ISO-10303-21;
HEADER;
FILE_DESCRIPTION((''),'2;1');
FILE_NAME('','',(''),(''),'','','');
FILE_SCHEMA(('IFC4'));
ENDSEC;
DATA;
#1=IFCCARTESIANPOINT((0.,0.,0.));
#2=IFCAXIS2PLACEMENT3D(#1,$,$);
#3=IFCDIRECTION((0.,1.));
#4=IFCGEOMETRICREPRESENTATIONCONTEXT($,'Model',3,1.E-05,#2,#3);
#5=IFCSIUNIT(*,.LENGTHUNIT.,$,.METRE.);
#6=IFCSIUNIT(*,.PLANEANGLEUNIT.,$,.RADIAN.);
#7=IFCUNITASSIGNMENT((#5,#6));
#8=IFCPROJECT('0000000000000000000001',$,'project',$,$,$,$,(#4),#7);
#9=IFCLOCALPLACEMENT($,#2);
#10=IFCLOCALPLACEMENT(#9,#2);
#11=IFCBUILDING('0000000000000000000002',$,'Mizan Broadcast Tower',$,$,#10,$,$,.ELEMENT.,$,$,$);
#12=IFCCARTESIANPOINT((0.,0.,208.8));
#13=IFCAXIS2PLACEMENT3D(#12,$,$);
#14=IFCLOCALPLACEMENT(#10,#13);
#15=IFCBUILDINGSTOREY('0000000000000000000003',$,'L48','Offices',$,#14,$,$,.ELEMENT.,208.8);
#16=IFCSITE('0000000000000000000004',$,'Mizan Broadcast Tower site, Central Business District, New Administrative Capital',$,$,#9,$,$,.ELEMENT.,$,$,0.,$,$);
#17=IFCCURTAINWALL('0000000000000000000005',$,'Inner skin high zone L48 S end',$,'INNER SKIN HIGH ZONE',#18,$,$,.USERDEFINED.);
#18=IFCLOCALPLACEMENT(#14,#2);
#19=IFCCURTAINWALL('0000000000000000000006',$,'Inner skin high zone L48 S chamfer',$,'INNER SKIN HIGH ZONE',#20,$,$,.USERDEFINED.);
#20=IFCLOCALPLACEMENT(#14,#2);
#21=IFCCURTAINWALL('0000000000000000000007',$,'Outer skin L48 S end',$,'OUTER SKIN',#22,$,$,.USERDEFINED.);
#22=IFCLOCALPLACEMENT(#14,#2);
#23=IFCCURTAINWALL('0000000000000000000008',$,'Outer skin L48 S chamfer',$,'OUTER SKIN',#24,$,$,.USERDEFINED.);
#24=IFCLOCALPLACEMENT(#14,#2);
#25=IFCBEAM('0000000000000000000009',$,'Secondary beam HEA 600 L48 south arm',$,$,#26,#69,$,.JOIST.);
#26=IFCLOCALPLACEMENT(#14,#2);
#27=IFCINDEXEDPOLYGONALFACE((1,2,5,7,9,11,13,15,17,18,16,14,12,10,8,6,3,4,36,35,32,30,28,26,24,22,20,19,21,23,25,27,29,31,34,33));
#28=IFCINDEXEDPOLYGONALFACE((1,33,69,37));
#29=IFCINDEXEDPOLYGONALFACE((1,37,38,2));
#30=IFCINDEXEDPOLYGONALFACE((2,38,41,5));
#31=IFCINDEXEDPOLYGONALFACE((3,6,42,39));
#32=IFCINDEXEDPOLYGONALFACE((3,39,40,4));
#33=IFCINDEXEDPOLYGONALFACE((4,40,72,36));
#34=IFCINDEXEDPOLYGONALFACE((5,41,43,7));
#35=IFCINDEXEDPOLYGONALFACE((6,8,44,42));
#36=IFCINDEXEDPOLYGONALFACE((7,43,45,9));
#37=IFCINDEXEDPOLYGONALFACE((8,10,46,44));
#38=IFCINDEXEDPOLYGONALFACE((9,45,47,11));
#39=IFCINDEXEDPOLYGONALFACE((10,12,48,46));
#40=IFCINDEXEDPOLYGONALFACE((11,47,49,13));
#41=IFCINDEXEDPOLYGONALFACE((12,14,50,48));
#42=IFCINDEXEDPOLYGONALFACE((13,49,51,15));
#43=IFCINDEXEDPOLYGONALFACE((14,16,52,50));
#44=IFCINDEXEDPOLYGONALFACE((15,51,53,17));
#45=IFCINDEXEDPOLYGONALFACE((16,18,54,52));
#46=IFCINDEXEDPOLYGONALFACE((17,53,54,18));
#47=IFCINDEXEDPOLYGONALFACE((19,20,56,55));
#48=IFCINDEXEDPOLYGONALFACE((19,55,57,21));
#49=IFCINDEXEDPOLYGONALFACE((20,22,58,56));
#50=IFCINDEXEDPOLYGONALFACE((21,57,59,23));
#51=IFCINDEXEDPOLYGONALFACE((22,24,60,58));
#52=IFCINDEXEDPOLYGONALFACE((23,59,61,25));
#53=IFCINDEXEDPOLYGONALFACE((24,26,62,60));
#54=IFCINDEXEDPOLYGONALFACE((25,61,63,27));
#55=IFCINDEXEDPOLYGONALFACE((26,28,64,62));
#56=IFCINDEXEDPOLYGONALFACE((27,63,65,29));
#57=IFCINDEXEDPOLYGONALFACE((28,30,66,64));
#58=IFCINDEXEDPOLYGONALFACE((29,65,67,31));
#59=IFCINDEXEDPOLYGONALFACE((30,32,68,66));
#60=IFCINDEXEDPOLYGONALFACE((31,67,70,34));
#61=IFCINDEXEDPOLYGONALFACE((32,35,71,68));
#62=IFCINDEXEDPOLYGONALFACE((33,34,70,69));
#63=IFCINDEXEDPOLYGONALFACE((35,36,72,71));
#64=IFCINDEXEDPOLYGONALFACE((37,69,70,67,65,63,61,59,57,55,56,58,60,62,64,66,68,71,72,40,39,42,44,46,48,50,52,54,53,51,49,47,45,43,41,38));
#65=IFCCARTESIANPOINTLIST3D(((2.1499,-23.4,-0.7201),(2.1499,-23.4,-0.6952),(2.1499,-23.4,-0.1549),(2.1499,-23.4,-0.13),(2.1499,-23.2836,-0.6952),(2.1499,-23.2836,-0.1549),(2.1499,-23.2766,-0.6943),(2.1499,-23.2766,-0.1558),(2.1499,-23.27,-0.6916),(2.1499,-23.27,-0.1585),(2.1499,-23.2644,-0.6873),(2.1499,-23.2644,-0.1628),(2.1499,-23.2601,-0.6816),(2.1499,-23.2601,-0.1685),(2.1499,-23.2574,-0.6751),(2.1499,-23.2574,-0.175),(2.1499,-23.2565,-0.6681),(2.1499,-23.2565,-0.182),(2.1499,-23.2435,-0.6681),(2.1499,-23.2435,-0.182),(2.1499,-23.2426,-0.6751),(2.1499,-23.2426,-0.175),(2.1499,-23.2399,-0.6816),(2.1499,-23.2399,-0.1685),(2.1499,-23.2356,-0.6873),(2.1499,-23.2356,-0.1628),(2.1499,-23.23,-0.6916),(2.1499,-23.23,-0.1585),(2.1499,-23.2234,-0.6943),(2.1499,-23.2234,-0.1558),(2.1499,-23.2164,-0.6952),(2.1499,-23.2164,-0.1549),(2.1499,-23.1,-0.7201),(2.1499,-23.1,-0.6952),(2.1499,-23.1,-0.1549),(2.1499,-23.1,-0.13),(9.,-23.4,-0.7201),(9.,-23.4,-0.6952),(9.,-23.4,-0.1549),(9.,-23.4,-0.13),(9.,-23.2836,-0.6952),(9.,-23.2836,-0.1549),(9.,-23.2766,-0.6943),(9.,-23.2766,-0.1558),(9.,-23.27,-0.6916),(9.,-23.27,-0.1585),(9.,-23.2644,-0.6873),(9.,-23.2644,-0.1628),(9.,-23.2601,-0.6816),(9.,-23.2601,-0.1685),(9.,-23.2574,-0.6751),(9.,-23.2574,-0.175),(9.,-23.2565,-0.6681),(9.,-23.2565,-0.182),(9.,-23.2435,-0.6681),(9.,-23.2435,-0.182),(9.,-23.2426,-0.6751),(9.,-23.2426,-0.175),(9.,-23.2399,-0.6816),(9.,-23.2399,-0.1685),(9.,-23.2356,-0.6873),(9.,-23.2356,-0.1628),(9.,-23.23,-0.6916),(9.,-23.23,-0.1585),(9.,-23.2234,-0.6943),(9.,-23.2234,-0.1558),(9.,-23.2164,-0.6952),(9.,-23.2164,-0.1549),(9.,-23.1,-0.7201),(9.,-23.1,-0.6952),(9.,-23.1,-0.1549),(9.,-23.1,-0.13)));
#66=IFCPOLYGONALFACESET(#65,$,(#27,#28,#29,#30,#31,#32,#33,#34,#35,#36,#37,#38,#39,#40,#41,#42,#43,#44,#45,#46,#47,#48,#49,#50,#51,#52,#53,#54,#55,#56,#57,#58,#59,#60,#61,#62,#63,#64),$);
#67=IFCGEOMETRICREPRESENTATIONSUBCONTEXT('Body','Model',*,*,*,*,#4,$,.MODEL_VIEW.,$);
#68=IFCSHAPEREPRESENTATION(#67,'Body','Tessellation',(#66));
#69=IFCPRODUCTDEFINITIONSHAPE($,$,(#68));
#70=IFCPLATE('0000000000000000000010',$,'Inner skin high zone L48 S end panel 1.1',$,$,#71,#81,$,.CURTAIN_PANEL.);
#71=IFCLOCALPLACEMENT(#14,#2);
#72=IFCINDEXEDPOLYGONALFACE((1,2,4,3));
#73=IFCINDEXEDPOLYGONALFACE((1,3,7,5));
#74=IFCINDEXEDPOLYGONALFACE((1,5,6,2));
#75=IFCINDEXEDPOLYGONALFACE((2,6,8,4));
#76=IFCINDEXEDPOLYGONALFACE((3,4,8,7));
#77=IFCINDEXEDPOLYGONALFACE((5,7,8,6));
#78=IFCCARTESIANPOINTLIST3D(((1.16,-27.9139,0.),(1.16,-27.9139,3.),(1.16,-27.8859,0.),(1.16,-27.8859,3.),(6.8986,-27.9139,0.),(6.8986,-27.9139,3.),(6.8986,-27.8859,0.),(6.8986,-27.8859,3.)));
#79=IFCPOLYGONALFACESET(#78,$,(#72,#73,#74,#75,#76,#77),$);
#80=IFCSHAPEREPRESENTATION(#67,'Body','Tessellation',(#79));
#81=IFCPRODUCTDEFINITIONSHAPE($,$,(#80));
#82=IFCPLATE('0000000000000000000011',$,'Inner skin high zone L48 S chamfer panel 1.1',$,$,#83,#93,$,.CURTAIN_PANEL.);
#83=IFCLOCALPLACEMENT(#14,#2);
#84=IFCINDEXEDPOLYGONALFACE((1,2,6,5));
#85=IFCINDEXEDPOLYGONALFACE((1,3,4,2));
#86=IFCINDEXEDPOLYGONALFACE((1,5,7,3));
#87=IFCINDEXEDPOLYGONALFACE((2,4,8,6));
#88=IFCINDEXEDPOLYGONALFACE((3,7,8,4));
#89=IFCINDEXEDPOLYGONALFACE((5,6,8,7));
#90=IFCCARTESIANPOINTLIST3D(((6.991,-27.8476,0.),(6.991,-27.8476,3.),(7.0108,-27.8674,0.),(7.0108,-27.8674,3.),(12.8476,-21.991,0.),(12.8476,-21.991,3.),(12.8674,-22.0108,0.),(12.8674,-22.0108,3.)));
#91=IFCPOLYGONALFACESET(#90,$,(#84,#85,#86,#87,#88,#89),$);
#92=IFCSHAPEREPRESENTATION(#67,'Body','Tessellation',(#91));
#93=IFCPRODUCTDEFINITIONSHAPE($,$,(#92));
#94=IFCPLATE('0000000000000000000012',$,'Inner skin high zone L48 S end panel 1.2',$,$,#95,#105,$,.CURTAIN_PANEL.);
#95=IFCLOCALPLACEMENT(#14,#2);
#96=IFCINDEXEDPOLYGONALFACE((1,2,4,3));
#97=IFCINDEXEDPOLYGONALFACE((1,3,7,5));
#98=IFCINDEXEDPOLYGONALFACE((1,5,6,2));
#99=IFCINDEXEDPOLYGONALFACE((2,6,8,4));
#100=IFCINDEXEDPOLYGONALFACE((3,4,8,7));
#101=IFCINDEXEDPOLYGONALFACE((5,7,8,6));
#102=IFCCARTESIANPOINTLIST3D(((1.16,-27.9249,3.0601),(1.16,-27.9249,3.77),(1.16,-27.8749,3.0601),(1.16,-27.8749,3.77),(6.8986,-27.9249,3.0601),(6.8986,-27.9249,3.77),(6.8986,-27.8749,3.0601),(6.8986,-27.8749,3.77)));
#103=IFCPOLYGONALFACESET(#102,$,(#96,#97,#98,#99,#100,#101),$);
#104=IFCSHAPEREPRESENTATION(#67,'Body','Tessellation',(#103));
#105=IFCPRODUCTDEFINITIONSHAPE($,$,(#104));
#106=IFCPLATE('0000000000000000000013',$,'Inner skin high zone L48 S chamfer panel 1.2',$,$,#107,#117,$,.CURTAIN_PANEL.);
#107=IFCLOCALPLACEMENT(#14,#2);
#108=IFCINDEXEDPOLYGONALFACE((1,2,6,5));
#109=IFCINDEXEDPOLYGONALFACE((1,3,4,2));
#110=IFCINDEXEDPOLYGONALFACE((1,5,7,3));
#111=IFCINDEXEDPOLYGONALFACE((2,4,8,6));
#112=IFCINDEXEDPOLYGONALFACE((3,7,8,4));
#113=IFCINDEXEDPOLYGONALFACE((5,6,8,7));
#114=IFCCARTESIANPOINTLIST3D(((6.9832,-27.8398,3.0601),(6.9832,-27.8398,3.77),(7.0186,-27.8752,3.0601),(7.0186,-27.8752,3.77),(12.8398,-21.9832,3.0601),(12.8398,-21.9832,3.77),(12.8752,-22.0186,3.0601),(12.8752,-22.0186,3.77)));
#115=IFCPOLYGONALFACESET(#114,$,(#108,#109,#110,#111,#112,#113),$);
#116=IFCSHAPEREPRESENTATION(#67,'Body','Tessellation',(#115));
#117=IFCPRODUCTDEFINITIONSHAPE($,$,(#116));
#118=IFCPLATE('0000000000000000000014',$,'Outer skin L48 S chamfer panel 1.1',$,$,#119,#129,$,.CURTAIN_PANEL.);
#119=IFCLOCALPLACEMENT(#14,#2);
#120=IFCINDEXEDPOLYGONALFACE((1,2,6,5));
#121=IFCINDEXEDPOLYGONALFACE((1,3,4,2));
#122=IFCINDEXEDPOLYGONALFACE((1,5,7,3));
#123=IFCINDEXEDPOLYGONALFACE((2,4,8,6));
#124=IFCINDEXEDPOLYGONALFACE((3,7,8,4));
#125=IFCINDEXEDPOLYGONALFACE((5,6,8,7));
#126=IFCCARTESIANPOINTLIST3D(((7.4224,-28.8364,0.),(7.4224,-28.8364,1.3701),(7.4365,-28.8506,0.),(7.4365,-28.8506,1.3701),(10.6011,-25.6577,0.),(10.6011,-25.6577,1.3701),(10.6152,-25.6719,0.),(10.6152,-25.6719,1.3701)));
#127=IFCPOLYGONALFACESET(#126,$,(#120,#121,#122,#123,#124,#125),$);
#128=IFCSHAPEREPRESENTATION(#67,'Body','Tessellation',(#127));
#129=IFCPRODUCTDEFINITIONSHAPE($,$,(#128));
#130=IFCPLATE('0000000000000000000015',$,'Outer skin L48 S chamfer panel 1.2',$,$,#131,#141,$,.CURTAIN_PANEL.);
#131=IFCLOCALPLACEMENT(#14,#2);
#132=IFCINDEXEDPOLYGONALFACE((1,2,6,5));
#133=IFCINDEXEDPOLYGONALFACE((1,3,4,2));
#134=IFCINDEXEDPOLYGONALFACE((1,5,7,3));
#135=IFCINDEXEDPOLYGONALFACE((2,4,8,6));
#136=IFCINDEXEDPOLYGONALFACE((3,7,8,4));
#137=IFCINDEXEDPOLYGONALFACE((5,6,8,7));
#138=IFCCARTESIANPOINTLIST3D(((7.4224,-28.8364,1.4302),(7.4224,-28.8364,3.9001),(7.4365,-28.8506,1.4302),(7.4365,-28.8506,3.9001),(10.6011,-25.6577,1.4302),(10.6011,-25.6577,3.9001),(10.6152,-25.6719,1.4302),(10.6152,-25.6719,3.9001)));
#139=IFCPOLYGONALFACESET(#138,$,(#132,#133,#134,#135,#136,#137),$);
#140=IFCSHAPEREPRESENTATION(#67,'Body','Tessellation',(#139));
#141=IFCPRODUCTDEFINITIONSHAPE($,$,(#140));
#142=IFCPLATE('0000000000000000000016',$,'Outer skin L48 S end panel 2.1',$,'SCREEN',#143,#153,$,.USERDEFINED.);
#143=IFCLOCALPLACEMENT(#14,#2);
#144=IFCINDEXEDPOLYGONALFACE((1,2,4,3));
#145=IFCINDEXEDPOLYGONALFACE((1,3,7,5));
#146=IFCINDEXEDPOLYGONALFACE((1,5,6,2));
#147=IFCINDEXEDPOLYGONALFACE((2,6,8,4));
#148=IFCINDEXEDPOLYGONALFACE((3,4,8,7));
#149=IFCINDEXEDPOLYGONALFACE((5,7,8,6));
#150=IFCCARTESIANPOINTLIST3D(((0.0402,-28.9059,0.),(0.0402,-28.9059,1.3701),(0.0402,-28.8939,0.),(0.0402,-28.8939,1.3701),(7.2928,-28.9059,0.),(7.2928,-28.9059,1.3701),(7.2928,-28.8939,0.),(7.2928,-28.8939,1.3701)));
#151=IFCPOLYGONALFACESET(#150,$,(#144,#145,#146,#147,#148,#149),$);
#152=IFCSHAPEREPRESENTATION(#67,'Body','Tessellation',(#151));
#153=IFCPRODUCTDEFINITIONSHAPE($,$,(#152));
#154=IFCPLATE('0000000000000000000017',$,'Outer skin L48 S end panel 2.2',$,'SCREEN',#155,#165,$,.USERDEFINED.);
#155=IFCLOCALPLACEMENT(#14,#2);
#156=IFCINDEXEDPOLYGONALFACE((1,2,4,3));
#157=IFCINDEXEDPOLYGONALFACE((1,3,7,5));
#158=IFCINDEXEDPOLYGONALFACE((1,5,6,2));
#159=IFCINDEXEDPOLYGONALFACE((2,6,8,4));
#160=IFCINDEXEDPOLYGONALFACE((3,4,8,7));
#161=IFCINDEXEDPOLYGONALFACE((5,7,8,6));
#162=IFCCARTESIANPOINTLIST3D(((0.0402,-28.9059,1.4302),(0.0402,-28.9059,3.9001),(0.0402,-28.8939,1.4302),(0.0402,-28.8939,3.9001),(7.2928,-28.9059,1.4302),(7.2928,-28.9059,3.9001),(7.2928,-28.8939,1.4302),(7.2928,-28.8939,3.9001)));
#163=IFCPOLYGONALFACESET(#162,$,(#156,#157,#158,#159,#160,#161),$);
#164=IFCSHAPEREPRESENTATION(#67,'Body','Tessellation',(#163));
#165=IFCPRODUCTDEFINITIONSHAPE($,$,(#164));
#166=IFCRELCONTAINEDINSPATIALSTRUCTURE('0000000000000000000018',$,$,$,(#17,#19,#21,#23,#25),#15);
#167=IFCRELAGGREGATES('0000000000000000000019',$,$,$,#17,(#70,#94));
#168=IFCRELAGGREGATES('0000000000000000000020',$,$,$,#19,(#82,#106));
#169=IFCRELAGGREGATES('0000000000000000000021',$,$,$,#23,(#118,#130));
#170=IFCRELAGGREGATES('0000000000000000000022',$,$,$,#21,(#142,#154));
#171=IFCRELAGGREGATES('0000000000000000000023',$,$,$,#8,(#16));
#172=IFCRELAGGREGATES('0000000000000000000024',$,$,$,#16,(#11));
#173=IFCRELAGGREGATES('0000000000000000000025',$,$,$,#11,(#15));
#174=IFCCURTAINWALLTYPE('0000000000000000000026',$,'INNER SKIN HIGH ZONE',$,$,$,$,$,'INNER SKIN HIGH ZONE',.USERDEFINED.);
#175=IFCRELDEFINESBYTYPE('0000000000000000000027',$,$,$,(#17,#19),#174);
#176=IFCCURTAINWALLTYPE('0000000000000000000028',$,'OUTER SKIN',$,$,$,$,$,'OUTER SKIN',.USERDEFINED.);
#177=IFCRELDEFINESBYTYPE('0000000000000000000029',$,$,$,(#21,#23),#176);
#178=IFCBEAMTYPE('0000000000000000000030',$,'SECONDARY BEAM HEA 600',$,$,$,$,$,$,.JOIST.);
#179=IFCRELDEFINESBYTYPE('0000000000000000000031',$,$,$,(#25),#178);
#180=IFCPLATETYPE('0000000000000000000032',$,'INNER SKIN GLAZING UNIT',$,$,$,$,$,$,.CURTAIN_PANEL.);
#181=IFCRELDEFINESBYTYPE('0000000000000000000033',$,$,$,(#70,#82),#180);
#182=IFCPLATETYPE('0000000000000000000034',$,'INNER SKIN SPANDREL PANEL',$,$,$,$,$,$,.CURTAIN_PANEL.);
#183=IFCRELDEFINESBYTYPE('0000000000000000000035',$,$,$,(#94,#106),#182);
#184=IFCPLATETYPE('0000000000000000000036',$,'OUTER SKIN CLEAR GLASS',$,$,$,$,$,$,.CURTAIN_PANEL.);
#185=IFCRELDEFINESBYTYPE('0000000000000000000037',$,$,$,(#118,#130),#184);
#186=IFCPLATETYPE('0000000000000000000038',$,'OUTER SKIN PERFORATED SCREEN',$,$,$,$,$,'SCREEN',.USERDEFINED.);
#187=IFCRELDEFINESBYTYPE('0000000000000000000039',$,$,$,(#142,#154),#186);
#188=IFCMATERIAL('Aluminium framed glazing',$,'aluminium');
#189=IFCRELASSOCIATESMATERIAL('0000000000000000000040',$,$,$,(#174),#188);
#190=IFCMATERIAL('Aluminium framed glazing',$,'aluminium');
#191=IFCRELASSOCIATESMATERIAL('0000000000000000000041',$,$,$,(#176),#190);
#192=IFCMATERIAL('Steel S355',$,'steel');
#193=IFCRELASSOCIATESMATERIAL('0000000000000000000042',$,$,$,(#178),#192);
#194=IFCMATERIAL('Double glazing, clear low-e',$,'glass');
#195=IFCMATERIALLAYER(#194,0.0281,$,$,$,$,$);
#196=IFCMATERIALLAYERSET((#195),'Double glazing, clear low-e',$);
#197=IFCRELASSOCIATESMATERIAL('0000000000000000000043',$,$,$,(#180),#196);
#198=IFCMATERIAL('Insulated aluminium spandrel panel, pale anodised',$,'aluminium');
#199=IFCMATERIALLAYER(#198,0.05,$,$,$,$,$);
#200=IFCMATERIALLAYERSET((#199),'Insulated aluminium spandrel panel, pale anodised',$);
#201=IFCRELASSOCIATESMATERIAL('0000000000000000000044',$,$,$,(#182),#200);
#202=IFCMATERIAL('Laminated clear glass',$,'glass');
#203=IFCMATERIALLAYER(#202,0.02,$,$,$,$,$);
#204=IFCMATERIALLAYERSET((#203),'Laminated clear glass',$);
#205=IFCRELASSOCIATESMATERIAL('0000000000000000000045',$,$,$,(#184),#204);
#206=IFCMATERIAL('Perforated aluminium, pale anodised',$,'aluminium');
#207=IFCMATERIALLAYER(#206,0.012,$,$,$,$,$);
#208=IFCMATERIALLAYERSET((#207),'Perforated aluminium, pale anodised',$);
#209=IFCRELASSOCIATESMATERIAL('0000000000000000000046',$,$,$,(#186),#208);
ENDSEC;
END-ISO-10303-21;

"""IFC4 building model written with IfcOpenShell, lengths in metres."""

from ifc_helpers import new_model, si_unit, direction, frame, origin, origin_2d, place, context, subcontext, project, spatial, rectangle, i_section, extrude, material, layer, layer_set, material_profile, profile_set, type_object, element, aggregate, save


model = new_model("IFC4")

# Units and contexts
model_context = context("Model", 3, precision=1e-05, world=origin(), true_north=direction((0.0, 1.0)))
body_context = subcontext(model_context, "Body", "Model", "MODEL_VIEW")
ifc_project = project(units=[si_unit("LENGTHUNIT", "METRE"), si_unit("PLANEANGLEUNIT", "RADIAN")], contexts=[model_context])

# Site, building, storey
site_placement = place(None, origin())
site = spatial("IfcSite", under=ifc_project, at=site_placement, Name="Mizan Broadcast Tower site, Central Business District, New Administrative Capital", CompositionType="ELEMENT", RefElevation=0.0)
building_placement = place(site_placement, origin())
building = spatial("IfcBuilding", under=site, at=building_placement, Name="Mizan Broadcast Tower", CompositionType="ELEMENT")
storey_placement = place(building_placement, frame((0.0, 0.0, 208.8)))
storey = spatial("IfcBuildingStorey", under=building, at=storey_placement, Name="L48", Description="Offices", CompositionType="ELEMENT", Elevation=208.8)

# Curtain wall
ifc_material_1 = material(Name="Aluminium framed glazing", Category="aluminium")
curtain_wall_type_1 = type_object("IfcCurtainWallType", Name="INNER SKIN HIGH ZONE", ElementType="INNER SKIN HIGH ZONE", PredefinedType="USERDEFINED", material=ifc_material_1)
curtain_wall_1_placement = place(storey_placement, origin())
curtain_wall_1 = element("IfcCurtainWall", 1, at=curtain_wall_1_placement, inside=storey, type_object=curtain_wall_type_1, Name="Inner skin high zone L48 S end", ObjectType="INNER SKIN HIGH ZONE", PredefinedType="USERDEFINED")

# Curtain wall
curtain_wall_2_placement = place(storey_placement, origin())
curtain_wall_2 = element("IfcCurtainWall", 2, at=curtain_wall_2_placement, inside=storey, type_object=curtain_wall_type_1, Name="Inner skin high zone L48 S chamfer", ObjectType="INNER SKIN HIGH ZONE", PredefinedType="USERDEFINED")

# Curtain wall
ifc_material_2 = material(Name="Aluminium framed glazing", Category="aluminium")
curtain_wall_type_2 = type_object("IfcCurtainWallType", Name="OUTER SKIN", ElementType="OUTER SKIN", PredefinedType="USERDEFINED", material=ifc_material_2)
curtain_wall_3_placement = place(storey_placement, origin())
curtain_wall_3 = element("IfcCurtainWall", 3, at=curtain_wall_3_placement, inside=storey, type_object=curtain_wall_type_2, Name="Outer skin L48 S end", ObjectType="OUTER SKIN", PredefinedType="USERDEFINED")

# Curtain wall
curtain_wall_4_placement = place(storey_placement, origin())
curtain_wall_4 = element("IfcCurtainWall", 4, at=curtain_wall_4_placement, inside=storey, type_object=curtain_wall_type_2, Name="Outer skin L48 S chamfer", ObjectType="OUTER SKIN", PredefinedType="USERDEFINED")

# Beam
ifc_material_3 = material(Name="Steel S355", Category="steel")
ifc_material_profile_1 = material_profile(ifc_material_3, i_section(OverallWidth=0.3, OverallDepth=0.5901, WebThickness=0.0129, FlangeThickness=0.0249, FilletRadius=0.0271, at=origin_2d()), Name="HEA 600")
ifc_profile_set_1 = profile_set([ifc_material_profile_1], Name="Steel S355")
beam_type_1 = type_object("IfcBeamType", Name="SECONDARY BEAM HEA 600", PredefinedType="JOIST", material=ifc_profile_set_1)
beam_1_placement = place(storey_placement, frame((9.0, -23.25, -0.425), z_axis=(-1.0, 0.0, 0.0), x_axis=(0.0, -1.0, 0.0)))
element("IfcBeam", 5, at=beam_1_placement, inside=storey, type_object=beam_type_1, Name="Secondary beam HEA 600 L48 south arm", PredefinedType="JOIST", context=body_context, shape_type="SweptSolid", body=[
    extrude(i_section(OverallWidth=0.3, OverallDepth=0.5901, WebThickness=0.0129, FlangeThickness=0.0249, FilletRadius=0.0271, at=origin_2d()), origin(), (0.0, 0.0, 1.0), 6.8501),
])

# Plates
ifc_material_4 = material(Name="Double glazing, clear low-e", Category="glass")
ifc_layer_1 = layer(ifc_material_4, 0.0281)
ifc_layer_set_1 = layer_set([ifc_layer_1], Name="Double glazing, clear low-e")
plate_type_1 = type_object("IfcPlateType", Name="INNER SKIN GLAZING UNIT", PredefinedType="CURTAIN_PANEL", material=ifc_layer_set_1)
plate_1_placement = place(storey_placement, frame((4.0293, -27.8999, 0.0), z_axis=(0.0, 0.0, 1.0), x_axis=(1.0, 0.0, 0.0)))
plate_1 = element("IfcPlate", 6, at=plate_1_placement, type_object=plate_type_1, Name="Inner skin high zone L48 S end panel 1.1", PredefinedType="CURTAIN_PANEL", context=body_context, shape_type="SweptSolid", body=[
    extrude(rectangle(XDim=5.7385, YDim=0.0281, at=origin_2d()), origin(), (0.0, 0.0, 1.0), 3.0),
])
plate_2_placement = place(storey_placement, frame((9.9292, -24.9292, 0.0), z_axis=(0.0, 0.0, 1.0), x_axis=(0.707107, 0.707107, 0.0)))
plate_2 = element("IfcPlate", 7, at=plate_2_placement, type_object=plate_type_1, Name="Inner skin high zone L48 S chamfer panel 1.1", PredefinedType="CURTAIN_PANEL", context=body_context, shape_type="SweptSolid", body=[
    extrude(rectangle(XDim=8.2825, YDim=0.0281, at=origin_2d()), origin(), (0.0, 0.0, 1.0), 3.0),
])
ifc_material_5 = material(Name="Insulated aluminium spandrel panel, pale anodised", Category="aluminium")
ifc_layer_2 = layer(ifc_material_5, 0.05)
ifc_layer_set_2 = layer_set([ifc_layer_2], Name="Insulated aluminium spandrel panel, pale anodised")
plate_type_2 = type_object("IfcPlateType", Name="INNER SKIN SPANDREL PANEL", PredefinedType="CURTAIN_PANEL", material=ifc_layer_set_2)
plate_3_placement = place(storey_placement, frame((4.0293, -27.8999, 3.0601), z_axis=(0.0, 0.0, 1.0), x_axis=(1.0, 0.0, 0.0)))
plate_3 = element("IfcPlate", 8, at=plate_3_placement, type_object=plate_type_2, Name="Inner skin high zone L48 S end panel 1.2", PredefinedType="CURTAIN_PANEL", context=body_context, shape_type="SweptSolid", body=[
    extrude(rectangle(XDim=5.7385, YDim=0.05, at=origin_2d()), origin(), (0.0, 0.0, 1.0), 0.71),
])
aggregate(curtain_wall_1, [plate_1, plate_3])
plate_4_placement = place(storey_placement, frame((9.9292, -24.9292, 3.0601), z_axis=(0.0, 0.0, 1.0), x_axis=(0.707107, 0.707107, 0.0)))
plate_4 = element("IfcPlate", 9, at=plate_4_placement, type_object=plate_type_2, Name="Inner skin high zone L48 S chamfer panel 1.2", PredefinedType="CURTAIN_PANEL", context=body_context, shape_type="SweptSolid", body=[
    extrude(rectangle(XDim=8.2825, YDim=0.05, at=origin_2d()), origin(), (0.0, 0.0, 1.0), 0.71),
])
aggregate(curtain_wall_2, [plate_2, plate_4])
ifc_material_6 = material(Name="Laminated clear glass", Category="glass")
ifc_layer_3 = layer(ifc_material_6, 0.02)
ifc_layer_set_3 = layer_set([ifc_layer_3], Name="Laminated clear glass")
plate_type_3 = type_object("IfcPlateType", Name="OUTER SKIN CLEAR GLASS", PredefinedType="CURTAIN_PANEL", material=ifc_layer_set_3)
plate_5_placement = place(storey_placement, frame((9.0188, -27.2542, 0.0), z_axis=(0.0, 0.0, 1.0), x_axis=(0.707107, 0.707107, 0.0)))
plate_5 = element("IfcPlate", 10, at=plate_5_placement, type_object=plate_type_3, Name="Outer skin L48 S chamfer panel 1.1", PredefinedType="CURTAIN_PANEL", context=body_context, shape_type="SweptSolid", body=[
    extrude(rectangle(XDim=4.4954, YDim=0.02, at=origin_2d()), origin(), (0.0, 0.0, 1.0), 1.3701),
])
plate_6_placement = place(storey_placement, frame((9.0188, -27.2542, 1.4302), z_axis=(0.0, 0.0, 1.0), x_axis=(0.707107, 0.707107, 0.0)))
plate_6 = element("IfcPlate", 11, at=plate_6_placement, type_object=plate_type_3, Name="Outer skin L48 S chamfer panel 1.2", PredefinedType="CURTAIN_PANEL", context=body_context, shape_type="SweptSolid", body=[
    extrude(rectangle(XDim=4.4954, YDim=0.02, at=origin_2d()), origin(), (0.0, 0.0, 1.0), 2.47),
])
aggregate(curtain_wall_4, [plate_5, plate_6])
ifc_material_7 = material(Name="Perforated aluminium, pale anodised", Category="aluminium")
ifc_layer_4 = layer(ifc_material_7, 0.012)
ifc_layer_set_4 = layer_set([ifc_layer_4], Name="Perforated aluminium, pale anodised")
plate_type_4 = type_object("IfcPlateType", Name="OUTER SKIN PERFORATED SCREEN", ElementType="SCREEN", PredefinedType="USERDEFINED", material=ifc_layer_set_4)
plate_7_placement = place(storey_placement, frame((3.6665, -28.8999, 0.0), z_axis=(0.0, 0.0, 1.0), x_axis=(1.0, 0.0, 0.0)))
plate_7 = element("IfcPlate", 12, at=plate_7_placement, type_object=plate_type_4, Name="Outer skin L48 S end panel 2.1", ObjectType="SCREEN", PredefinedType="USERDEFINED", context=body_context, shape_type="SweptSolid", body=[
    extrude(rectangle(XDim=7.2527, YDim=0.012, at=origin_2d()), origin(), (0.0, 0.0, 1.0), 1.3701),
])
plate_8_placement = place(storey_placement, frame((3.6665, -28.8999, 1.4302), z_axis=(0.0, 0.0, 1.0), x_axis=(1.0, 0.0, 0.0)))
plate_8 = element("IfcPlate", 13, at=plate_8_placement, type_object=plate_type_4, Name="Outer skin L48 S end panel 2.2", ObjectType="SCREEN", PredefinedType="USERDEFINED", context=body_context, shape_type="SweptSolid", body=[
    extrude(rectangle(XDim=7.2527, YDim=0.012, at=origin_2d()), origin(), (0.0, 0.0, 1.0), 2.47),
])
aggregate(curtain_wall_3, [plate_7, plate_8])

save(model, "model.ifc")
